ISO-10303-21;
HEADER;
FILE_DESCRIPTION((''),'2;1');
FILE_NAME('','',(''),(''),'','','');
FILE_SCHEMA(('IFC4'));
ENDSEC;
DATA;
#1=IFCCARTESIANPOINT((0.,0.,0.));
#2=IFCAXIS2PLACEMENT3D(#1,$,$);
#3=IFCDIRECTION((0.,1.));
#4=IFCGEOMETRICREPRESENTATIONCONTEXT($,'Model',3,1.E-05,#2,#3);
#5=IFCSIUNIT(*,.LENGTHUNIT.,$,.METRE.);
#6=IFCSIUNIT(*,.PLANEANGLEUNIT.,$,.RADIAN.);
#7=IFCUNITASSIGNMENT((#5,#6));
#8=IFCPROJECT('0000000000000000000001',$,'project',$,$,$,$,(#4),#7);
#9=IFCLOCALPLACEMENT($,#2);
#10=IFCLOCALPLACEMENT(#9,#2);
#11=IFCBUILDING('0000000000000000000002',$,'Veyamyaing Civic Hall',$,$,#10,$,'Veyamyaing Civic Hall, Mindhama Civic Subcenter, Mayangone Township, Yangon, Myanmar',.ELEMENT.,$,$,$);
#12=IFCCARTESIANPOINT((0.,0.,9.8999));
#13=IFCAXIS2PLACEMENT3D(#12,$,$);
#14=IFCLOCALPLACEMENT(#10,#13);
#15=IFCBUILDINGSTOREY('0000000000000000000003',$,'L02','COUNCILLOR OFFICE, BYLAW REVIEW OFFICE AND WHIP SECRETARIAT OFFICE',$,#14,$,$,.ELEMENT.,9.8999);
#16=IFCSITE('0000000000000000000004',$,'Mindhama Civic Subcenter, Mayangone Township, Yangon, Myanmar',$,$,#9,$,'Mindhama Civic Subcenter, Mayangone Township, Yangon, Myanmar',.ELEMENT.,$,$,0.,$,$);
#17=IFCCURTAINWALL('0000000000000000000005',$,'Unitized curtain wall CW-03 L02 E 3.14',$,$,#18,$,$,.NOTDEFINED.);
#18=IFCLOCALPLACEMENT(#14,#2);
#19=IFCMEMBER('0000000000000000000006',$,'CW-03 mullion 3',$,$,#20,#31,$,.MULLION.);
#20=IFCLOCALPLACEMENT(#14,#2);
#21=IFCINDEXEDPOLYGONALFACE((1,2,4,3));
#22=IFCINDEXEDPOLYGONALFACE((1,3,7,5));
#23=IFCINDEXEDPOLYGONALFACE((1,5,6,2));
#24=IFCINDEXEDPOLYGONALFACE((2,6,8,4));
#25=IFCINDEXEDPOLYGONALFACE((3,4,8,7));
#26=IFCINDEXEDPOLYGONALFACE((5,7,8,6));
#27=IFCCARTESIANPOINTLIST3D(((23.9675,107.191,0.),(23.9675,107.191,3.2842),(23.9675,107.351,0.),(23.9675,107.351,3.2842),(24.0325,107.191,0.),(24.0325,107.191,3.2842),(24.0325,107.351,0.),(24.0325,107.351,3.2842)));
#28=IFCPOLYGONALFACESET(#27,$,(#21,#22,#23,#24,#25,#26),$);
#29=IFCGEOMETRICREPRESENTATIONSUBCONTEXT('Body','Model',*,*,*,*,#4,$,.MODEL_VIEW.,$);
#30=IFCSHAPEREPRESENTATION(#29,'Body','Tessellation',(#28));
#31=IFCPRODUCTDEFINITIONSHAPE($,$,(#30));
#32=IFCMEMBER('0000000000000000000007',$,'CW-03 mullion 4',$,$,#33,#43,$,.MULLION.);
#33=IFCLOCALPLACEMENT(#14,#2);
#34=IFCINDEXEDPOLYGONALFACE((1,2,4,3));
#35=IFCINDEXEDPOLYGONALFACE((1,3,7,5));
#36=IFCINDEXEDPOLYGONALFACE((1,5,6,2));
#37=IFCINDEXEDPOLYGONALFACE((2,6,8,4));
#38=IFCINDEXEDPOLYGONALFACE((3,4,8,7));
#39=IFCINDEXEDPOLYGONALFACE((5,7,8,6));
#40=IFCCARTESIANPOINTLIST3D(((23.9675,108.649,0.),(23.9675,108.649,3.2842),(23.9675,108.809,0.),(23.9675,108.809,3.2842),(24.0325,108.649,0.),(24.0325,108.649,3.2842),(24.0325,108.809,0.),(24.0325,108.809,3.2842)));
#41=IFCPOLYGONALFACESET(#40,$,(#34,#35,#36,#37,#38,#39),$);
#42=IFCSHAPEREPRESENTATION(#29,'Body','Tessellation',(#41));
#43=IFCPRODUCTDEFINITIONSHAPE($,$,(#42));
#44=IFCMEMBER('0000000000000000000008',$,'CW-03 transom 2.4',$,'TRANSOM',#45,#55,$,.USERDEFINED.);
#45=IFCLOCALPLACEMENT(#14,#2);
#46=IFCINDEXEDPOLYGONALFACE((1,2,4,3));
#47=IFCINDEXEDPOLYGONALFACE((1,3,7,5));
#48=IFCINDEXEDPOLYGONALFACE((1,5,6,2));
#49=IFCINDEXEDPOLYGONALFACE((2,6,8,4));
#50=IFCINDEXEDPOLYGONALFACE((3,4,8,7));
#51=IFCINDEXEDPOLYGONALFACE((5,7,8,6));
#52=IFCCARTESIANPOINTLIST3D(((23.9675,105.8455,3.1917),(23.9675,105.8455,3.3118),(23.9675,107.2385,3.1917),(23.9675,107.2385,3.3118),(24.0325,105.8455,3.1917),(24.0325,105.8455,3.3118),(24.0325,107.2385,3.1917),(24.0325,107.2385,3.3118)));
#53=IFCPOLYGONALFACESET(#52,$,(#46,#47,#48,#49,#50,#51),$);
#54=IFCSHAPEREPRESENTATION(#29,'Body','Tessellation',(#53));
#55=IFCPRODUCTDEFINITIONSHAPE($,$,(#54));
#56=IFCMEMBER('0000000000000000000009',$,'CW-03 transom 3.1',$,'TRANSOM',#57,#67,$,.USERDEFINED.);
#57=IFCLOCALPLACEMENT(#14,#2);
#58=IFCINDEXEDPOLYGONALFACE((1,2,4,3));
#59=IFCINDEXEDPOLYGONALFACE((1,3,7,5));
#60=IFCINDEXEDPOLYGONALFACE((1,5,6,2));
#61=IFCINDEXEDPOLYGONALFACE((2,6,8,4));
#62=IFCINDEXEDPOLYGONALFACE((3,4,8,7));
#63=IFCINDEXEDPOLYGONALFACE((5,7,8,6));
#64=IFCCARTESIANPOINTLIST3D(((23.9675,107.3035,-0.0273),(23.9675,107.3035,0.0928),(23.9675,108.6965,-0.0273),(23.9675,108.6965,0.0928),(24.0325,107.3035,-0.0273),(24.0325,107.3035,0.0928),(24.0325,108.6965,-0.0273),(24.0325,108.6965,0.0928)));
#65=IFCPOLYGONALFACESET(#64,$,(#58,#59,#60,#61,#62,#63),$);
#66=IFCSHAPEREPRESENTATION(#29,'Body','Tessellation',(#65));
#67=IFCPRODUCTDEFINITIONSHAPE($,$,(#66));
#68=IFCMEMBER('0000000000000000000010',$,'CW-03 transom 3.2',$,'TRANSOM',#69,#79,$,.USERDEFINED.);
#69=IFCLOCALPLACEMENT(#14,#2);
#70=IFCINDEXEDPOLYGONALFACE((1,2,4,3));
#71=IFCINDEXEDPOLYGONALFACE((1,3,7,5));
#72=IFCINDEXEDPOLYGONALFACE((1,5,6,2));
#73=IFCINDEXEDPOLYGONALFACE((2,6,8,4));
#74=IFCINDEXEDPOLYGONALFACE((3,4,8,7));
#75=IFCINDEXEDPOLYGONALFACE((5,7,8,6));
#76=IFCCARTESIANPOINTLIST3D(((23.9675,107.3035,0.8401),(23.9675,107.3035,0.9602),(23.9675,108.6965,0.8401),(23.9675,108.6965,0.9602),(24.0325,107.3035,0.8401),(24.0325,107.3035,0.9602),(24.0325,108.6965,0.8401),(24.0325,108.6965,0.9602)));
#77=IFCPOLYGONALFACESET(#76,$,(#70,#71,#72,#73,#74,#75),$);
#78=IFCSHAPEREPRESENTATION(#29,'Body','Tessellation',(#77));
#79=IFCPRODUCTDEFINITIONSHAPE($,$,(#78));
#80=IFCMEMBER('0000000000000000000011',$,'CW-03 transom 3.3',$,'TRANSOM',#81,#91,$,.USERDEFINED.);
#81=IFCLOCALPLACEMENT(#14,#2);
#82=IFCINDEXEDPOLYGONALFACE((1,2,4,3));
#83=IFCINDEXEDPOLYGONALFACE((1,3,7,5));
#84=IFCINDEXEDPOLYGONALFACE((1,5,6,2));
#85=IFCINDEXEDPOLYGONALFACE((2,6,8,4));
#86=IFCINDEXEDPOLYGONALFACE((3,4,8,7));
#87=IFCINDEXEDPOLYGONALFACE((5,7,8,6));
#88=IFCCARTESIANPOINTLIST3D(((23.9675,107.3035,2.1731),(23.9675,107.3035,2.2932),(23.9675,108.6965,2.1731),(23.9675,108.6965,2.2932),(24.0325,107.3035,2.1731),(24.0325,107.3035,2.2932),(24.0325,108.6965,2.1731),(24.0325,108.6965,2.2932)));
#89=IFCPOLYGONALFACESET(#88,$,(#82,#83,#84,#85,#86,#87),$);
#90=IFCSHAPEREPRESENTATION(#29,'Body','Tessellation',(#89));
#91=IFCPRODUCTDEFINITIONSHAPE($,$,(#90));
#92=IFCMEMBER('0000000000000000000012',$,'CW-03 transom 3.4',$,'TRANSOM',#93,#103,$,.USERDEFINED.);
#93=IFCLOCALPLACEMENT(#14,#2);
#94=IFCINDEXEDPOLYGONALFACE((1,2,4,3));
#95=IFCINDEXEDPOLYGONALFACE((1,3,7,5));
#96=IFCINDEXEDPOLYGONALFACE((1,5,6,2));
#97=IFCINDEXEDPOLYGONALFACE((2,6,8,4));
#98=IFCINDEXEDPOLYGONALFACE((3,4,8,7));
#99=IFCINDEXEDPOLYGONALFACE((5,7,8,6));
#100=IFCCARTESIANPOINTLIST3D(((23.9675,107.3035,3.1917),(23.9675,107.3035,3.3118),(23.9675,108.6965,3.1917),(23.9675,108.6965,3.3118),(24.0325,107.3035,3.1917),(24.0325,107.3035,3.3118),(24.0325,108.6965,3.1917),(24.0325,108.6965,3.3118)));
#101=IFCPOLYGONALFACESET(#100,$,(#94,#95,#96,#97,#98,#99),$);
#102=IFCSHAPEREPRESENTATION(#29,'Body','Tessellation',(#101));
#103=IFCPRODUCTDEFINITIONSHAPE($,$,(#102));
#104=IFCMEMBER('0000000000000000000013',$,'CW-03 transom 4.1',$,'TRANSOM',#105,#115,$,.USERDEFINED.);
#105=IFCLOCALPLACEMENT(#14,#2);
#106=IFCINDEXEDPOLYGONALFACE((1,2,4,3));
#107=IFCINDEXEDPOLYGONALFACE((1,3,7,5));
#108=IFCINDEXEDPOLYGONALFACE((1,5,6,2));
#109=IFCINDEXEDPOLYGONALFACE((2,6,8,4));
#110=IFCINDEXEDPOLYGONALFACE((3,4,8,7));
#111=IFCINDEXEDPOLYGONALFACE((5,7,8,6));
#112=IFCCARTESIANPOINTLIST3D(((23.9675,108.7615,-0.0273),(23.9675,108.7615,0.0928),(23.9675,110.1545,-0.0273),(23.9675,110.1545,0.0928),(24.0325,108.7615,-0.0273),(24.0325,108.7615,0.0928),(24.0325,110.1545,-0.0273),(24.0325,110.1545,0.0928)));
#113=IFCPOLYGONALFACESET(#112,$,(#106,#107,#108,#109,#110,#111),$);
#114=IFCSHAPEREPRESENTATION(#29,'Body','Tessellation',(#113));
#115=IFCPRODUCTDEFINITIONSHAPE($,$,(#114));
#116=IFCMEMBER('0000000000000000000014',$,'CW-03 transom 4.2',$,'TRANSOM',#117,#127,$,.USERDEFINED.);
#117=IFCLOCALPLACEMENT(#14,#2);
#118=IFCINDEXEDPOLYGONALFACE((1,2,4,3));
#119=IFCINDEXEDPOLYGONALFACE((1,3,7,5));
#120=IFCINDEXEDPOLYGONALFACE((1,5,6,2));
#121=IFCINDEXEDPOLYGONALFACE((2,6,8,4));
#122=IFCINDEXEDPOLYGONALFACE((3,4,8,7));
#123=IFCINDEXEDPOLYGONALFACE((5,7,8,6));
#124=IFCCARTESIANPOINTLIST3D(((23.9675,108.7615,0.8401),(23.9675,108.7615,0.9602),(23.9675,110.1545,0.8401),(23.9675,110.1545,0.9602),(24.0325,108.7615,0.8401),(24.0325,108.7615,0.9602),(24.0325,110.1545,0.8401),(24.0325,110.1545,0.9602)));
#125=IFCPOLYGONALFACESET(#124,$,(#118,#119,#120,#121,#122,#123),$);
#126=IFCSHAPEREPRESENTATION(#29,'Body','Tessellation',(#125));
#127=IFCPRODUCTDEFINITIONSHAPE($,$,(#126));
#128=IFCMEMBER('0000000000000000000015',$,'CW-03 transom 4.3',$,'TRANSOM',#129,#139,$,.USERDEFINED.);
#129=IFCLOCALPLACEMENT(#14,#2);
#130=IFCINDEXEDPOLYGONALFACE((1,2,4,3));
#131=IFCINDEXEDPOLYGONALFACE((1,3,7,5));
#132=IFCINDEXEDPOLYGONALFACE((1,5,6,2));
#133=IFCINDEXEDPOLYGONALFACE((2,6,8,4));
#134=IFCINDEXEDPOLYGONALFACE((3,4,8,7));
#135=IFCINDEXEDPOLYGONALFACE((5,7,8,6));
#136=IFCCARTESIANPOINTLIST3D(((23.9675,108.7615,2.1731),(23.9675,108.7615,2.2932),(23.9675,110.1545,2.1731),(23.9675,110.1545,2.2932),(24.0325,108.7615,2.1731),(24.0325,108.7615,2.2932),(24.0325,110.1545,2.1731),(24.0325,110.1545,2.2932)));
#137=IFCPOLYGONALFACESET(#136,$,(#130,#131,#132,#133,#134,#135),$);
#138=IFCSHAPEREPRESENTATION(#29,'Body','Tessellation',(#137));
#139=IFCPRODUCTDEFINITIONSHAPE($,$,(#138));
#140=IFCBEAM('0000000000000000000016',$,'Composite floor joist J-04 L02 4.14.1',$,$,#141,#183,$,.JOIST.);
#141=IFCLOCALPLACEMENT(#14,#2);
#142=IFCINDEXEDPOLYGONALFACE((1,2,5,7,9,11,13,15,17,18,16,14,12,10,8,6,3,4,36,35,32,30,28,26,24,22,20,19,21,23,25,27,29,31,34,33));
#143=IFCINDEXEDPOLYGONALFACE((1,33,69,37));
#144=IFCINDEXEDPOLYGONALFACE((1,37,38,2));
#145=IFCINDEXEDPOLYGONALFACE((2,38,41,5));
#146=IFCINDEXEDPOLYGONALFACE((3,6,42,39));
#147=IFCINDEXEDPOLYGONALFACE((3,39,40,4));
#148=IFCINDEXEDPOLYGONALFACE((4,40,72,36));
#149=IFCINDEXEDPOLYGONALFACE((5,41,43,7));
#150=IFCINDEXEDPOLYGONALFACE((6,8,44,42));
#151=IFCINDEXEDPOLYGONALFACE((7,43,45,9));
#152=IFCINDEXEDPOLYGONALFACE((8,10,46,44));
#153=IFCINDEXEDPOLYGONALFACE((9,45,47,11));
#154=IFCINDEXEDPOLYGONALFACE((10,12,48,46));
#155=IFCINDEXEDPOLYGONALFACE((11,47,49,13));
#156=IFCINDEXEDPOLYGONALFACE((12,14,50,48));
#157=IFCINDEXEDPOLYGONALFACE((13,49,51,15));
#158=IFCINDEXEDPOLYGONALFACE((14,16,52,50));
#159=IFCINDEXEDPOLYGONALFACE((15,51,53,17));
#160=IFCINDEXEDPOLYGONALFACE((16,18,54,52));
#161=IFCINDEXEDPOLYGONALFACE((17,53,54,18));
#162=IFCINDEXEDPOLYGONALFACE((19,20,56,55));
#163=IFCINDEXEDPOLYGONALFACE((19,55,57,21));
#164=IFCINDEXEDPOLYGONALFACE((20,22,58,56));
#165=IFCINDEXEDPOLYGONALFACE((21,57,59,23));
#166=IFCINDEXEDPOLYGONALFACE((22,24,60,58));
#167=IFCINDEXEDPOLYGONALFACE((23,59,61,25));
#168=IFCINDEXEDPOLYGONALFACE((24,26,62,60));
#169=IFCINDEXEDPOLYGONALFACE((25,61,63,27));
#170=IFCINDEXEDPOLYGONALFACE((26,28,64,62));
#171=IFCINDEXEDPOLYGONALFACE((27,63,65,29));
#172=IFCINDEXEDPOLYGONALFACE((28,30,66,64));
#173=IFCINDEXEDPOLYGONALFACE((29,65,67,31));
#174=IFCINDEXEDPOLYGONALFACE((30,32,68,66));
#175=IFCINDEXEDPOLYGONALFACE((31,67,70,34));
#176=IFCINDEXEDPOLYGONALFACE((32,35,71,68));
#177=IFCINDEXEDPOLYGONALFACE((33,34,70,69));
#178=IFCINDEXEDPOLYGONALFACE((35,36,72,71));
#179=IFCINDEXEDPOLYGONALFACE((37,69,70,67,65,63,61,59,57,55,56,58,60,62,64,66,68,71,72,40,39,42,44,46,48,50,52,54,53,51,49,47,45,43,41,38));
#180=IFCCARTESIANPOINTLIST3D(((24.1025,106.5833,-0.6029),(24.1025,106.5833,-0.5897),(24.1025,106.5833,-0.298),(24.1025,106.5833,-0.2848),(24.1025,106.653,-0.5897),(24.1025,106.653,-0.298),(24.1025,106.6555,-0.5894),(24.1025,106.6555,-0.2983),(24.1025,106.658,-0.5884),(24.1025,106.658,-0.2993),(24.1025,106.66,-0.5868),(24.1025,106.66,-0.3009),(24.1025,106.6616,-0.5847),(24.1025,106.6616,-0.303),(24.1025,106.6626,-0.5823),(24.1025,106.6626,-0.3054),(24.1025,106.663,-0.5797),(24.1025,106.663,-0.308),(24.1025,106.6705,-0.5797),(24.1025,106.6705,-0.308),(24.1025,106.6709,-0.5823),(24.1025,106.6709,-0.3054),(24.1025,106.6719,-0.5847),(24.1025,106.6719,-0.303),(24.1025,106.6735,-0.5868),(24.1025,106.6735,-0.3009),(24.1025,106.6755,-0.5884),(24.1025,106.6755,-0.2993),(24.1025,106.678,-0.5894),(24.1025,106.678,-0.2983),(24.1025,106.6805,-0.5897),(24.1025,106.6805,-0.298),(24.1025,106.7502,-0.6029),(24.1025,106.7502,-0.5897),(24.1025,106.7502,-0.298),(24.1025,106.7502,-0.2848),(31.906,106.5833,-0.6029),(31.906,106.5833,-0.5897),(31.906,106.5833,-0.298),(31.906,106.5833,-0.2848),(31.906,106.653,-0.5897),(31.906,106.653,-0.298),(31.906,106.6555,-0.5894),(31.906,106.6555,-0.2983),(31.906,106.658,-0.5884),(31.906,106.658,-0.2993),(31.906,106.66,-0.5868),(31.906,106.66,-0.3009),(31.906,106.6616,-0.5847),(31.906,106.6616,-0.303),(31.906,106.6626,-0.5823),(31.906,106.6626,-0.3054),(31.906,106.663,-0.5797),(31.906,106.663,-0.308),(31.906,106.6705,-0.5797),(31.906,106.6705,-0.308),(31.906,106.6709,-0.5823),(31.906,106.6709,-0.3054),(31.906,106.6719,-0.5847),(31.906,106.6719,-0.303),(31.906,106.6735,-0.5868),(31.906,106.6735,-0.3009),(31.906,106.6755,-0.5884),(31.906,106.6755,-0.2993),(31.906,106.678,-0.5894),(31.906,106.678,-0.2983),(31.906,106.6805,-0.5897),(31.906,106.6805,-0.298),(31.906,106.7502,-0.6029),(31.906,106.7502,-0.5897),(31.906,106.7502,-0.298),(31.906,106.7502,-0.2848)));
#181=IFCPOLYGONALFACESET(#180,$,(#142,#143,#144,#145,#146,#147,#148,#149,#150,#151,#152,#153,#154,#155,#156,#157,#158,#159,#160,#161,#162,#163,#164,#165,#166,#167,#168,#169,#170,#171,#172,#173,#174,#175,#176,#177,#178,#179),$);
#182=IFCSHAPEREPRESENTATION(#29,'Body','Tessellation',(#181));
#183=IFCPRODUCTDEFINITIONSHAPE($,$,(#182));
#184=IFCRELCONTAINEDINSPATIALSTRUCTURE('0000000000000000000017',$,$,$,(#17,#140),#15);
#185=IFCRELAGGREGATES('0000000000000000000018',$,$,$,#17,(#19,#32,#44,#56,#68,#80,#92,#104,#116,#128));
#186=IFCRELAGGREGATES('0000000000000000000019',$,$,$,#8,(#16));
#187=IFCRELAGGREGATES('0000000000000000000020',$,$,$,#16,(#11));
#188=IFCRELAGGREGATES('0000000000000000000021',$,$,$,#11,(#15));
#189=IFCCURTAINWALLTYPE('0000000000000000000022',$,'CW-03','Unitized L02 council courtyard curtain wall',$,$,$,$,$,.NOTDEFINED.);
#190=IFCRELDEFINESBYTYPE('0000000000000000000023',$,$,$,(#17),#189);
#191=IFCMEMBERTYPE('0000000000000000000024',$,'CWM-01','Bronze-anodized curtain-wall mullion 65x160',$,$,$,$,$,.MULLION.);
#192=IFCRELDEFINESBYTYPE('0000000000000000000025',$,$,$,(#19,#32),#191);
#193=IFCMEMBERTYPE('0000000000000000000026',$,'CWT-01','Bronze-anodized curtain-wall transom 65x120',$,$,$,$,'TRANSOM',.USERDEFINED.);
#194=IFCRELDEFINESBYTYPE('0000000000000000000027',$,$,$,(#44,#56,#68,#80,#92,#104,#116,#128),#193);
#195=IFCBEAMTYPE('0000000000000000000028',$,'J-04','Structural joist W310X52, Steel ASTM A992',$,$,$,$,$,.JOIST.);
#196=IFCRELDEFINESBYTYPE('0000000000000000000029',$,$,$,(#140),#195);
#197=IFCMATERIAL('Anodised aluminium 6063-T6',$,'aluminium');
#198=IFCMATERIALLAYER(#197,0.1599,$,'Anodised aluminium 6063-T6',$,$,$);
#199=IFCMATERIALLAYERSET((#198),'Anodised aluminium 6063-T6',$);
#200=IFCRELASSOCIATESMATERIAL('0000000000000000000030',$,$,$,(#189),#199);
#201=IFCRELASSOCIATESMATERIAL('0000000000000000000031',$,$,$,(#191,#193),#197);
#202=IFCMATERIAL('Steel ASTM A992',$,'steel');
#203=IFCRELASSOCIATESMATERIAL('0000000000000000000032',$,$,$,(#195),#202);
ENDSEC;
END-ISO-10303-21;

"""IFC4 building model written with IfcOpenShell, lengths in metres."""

from ifc_helpers import new_model, si_unit, direction, frame, origin, origin_2d, place, context, subcontext, project, spatial, rectangle, i_section, extrude, material, layer, layer_set, material_profile, profile_set, type_object, element, aggregate, save


model = new_model("IFC4")

# Units and contexts
model_context = context("Model", 3, precision=1e-05, world=origin(), true_north=direction((0.0, 1.0)))
body_context = subcontext(model_context, "Body", "Model", "MODEL_VIEW")
ifc_project = project(units=[si_unit("LENGTHUNIT", "METRE"), si_unit("PLANEANGLEUNIT", "RADIAN")], contexts=[model_context])

# Site, building, storey
site_placement = place(None, origin())
site = spatial("IfcSite", under=ifc_project, at=site_placement, Name="Mindhama Civic Subcenter, Mayangone Township, Yangon, Myanmar", LongName="Mindhama Civic Subcenter, Mayangone Township, Yangon, Myanmar", CompositionType="ELEMENT", RefElevation=0.0)
building_placement = place(site_placement, origin())
building = spatial("IfcBuilding", under=site, at=building_placement, Name="Veyamyaing Civic Hall", LongName="Veyamyaing Civic Hall, Mindhama Civic Subcenter, Mayangone Township, Yangon, Myanmar", CompositionType="ELEMENT")
storey_placement = place(building_placement, frame((0.0, 0.0, 9.8999)))
storey = spatial("IfcBuildingStorey", under=building, at=storey_placement, Name="L02", Description="COUNCILLOR OFFICE, BYLAW REVIEW OFFICE AND WHIP SECRETARIAT OFFICE", CompositionType="ELEMENT", Elevation=9.8999)

# Curtain wall, members
ifc_material_1 = material(Name="Anodised aluminium 6063-T6", Category="aluminium")
ifc_layer_1 = layer(ifc_material_1, 0.1599, Name="Anodised aluminium 6063-T6")
ifc_layer_set_1 = layer_set([ifc_layer_1], Name="Anodised aluminium 6063-T6")
curtain_wall_type = type_object("IfcCurtainWallType", Name="CW-03", Description="Unitized L02 council courtyard curtain wall", PredefinedType="NOTDEFINED", material=ifc_layer_set_1)
curtain_wall_placement = place(storey_placement, origin())
curtain_wall = element("IfcCurtainWall", 1, at=curtain_wall_placement, inside=storey, type_object=curtain_wall_type, Name="Unitized curtain wall CW-03 L02 E 3.14", PredefinedType="NOTDEFINED")
ifc_material_profile_1 = material_profile(ifc_material_1, rectangle(XDim=0.0649, YDim=0.1599, at=origin_2d()), Name="ALU-MUL-65X160")
ifc_profile_set_1 = profile_set([ifc_material_profile_1], Name="Anodised aluminium 6063-T6")
member_type_1 = type_object("IfcMemberType", Name="CWM-01", Description="Bronze-anodized curtain-wall mullion 65x160", PredefinedType="MULLION", material=ifc_profile_set_1)
member_1_placement = place(storey_placement, frame((24.0, 107.271, 0.0), z_axis=(0.0, 0.0, 1.0), x_axis=(-1.0, 0.0, 0.0)))
member_1 = element("IfcMember", 2, at=member_1_placement, type_object=member_type_1, Name="CW-03 mullion 3", PredefinedType="MULLION", context=body_context, shape_type="SweptSolid", body=[
    extrude(rectangle(XDim=0.0649, YDim=0.1599, at=origin_2d()), origin(), (0.0, 0.0, 1.0), 3.2842),
])
member_2_placement = place(storey_placement, frame((24.0, 108.729, 0.0), z_axis=(0.0, 0.0, 1.0), x_axis=(-1.0, 0.0, 0.0)))
member_2 = element("IfcMember", 3, at=member_2_placement, type_object=member_type_1, Name="CW-03 mullion 4", PredefinedType="MULLION", context=body_context, shape_type="SweptSolid", body=[
    extrude(rectangle(XDim=0.0649, YDim=0.1599, at=origin_2d()), origin(), (0.0, 0.0, 1.0), 3.2842),
])
ifc_material_profile_2 = material_profile(ifc_material_1, rectangle(XDim=0.0649, YDim=0.1201, at=origin_2d()), Name="ALU-TRN-65X120")
ifc_profile_set_2 = profile_set([ifc_material_profile_2], Name="Anodised aluminium 6063-T6")
member_type_2 = type_object("IfcMemberType", Name="CWT-01", Description="Bronze-anodized curtain-wall transom 65x120", ElementType="TRANSOM", PredefinedType="USERDEFINED", material=ifc_profile_set_2)
member_3_placement = place(storey_placement, frame((24.0, 105.8455, 3.2517), z_axis=(0.0, 1.0, 0.0), x_axis=(-1.0, 0.0, 0.0)))
member_3 = element("IfcMember", 4, at=member_3_placement, type_object=member_type_2, Name="CW-03 transom 2.4", ObjectType="TRANSOM", PredefinedType="USERDEFINED", context=body_context, shape_type="SweptSolid", body=[
    extrude(rectangle(XDim=0.0649, YDim=0.1201, at=origin_2d()), origin(), (0.0, 0.0, 1.0), 1.3931),
])
member_4_placement = place(storey_placement, frame((24.0, 107.3035, 0.0327), z_axis=(0.0, 1.0, 0.0), x_axis=(-1.0, 0.0, 0.0)))
member_4 = element("IfcMember", 5, at=member_4_placement, type_object=member_type_2, Name="CW-03 transom 3.1", ObjectType="TRANSOM", PredefinedType="USERDEFINED", context=body_context, shape_type="SweptSolid", body=[
    extrude(rectangle(XDim=0.0649, YDim=0.1201, at=origin_2d()), origin(), (0.0, 0.0, 1.0), 1.3931),
])
member_5_placement = place(storey_placement, frame((24.0, 107.3035, 0.9001), z_axis=(0.0, 1.0, 0.0), x_axis=(-1.0, 0.0, 0.0)))
member_5 = element("IfcMember", 6, at=member_5_placement, type_object=member_type_2, Name="CW-03 transom 3.2", ObjectType="TRANSOM", PredefinedType="USERDEFINED", context=body_context, shape_type="SweptSolid", body=[
    extrude(rectangle(XDim=0.0649, YDim=0.1201, at=origin_2d()), origin(), (0.0, 0.0, 1.0), 1.3931),
])
member_6_placement = place(storey_placement, frame((24.0, 107.3035, 2.2332), z_axis=(0.0, 1.0, 0.0), x_axis=(-1.0, 0.0, 0.0)))
member_6 = element("IfcMember", 7, at=member_6_placement, type_object=member_type_2, Name="CW-03 transom 3.3", ObjectType="TRANSOM", PredefinedType="USERDEFINED", context=body_context, shape_type="SweptSolid", body=[
    extrude(rectangle(XDim=0.0649, YDim=0.1201, at=origin_2d()), origin(), (0.0, 0.0, 1.0), 1.3931),
])
member_7_placement = place(storey_placement, frame((24.0, 107.3035, 3.2517), z_axis=(0.0, 1.0, 0.0), x_axis=(-1.0, 0.0, 0.0)))
member_7 = element("IfcMember", 8, at=member_7_placement, type_object=member_type_2, Name="CW-03 transom 3.4", ObjectType="TRANSOM", PredefinedType="USERDEFINED", context=body_context, shape_type="SweptSolid", body=[
    extrude(rectangle(XDim=0.0649, YDim=0.1201, at=origin_2d()), origin(), (0.0, 0.0, 1.0), 1.3931),
])
member_8_placement = place(storey_placement, frame((24.0, 108.7615, 0.0327), z_axis=(0.0, 1.0, 0.0), x_axis=(-1.0, 0.0, 0.0)))
member_8 = element("IfcMember", 9, at=member_8_placement, type_object=member_type_2, Name="CW-03 transom 4.1", ObjectType="TRANSOM", PredefinedType="USERDEFINED", context=body_context, shape_type="SweptSolid", body=[
    extrude(rectangle(XDim=0.0649, YDim=0.1201, at=origin_2d()), origin(), (0.0, 0.0, 1.0), 1.3931),
])
member_9_placement = place(storey_placement, frame((24.0, 108.7615, 0.9001), z_axis=(0.0, 1.0, 0.0), x_axis=(-1.0, 0.0, 0.0)))
member_9 = element("IfcMember", 10, at=member_9_placement, type_object=member_type_2, Name="CW-03 transom 4.2", ObjectType="TRANSOM", PredefinedType="USERDEFINED", context=body_context, shape_type="SweptSolid", body=[
    extrude(rectangle(XDim=0.0649, YDim=0.1201, at=origin_2d()), origin(), (0.0, 0.0, 1.0), 1.3931),
])
member_10_placement = place(storey_placement, frame((24.0, 108.7615, 2.2332), z_axis=(0.0, 1.0, 0.0), x_axis=(-1.0, 0.0, 0.0)))
member_10 = element("IfcMember", 11, at=member_10_placement, type_object=member_type_2, Name="CW-03 transom 4.3", ObjectType="TRANSOM", PredefinedType="USERDEFINED", context=body_context, shape_type="SweptSolid", body=[
    extrude(rectangle(XDim=0.0649, YDim=0.1201, at=origin_2d()), origin(), (0.0, 0.0, 1.0), 1.3931),
])

# Beam
ifc_material_2 = material(Name="Steel ASTM A992", Category="steel")
ifc_material_profile_3 = material_profile(ifc_material_2, i_section(OverallWidth=0.167, OverallDepth=0.3181, WebThickness=0.0076, FlangeThickness=0.0132, FilletRadius=0.01, at=origin_2d()), Name="W310X52")
ifc_profile_set_3 = profile_set([ifc_material_profile_3], Name="Steel ASTM A992")
beam_type = type_object("IfcBeamType", Name="J-04", Description="Structural joist W310X52, Steel ASTM A992", PredefinedType="JOIST", material=ifc_profile_set_3)
beam_placement = place(storey_placement, frame((24.1025, 106.6667, -0.4438), z_axis=(1.0, 0.0, 0.0), x_axis=(0.0, 1.0, 0.0)))
element("IfcBeam", 12, at=beam_placement, inside=storey, type_object=beam_type, Name="Composite floor joist J-04 L02 4.14.1", PredefinedType="JOIST", context=body_context, shape_type="SweptSolid", body=[
    extrude(i_section(OverallWidth=0.167, OverallDepth=0.3181, WebThickness=0.0076, FlangeThickness=0.0132, FilletRadius=0.01, at=origin_2d()), origin(), (0.0, 0.0, 1.0), 7.8035),
])

aggregate(curtain_wall, [member_1, member_2, member_3, member_4, member_5, member_6, member_7, member_8, member_9, member_10])

save(model, "model.ifc")
